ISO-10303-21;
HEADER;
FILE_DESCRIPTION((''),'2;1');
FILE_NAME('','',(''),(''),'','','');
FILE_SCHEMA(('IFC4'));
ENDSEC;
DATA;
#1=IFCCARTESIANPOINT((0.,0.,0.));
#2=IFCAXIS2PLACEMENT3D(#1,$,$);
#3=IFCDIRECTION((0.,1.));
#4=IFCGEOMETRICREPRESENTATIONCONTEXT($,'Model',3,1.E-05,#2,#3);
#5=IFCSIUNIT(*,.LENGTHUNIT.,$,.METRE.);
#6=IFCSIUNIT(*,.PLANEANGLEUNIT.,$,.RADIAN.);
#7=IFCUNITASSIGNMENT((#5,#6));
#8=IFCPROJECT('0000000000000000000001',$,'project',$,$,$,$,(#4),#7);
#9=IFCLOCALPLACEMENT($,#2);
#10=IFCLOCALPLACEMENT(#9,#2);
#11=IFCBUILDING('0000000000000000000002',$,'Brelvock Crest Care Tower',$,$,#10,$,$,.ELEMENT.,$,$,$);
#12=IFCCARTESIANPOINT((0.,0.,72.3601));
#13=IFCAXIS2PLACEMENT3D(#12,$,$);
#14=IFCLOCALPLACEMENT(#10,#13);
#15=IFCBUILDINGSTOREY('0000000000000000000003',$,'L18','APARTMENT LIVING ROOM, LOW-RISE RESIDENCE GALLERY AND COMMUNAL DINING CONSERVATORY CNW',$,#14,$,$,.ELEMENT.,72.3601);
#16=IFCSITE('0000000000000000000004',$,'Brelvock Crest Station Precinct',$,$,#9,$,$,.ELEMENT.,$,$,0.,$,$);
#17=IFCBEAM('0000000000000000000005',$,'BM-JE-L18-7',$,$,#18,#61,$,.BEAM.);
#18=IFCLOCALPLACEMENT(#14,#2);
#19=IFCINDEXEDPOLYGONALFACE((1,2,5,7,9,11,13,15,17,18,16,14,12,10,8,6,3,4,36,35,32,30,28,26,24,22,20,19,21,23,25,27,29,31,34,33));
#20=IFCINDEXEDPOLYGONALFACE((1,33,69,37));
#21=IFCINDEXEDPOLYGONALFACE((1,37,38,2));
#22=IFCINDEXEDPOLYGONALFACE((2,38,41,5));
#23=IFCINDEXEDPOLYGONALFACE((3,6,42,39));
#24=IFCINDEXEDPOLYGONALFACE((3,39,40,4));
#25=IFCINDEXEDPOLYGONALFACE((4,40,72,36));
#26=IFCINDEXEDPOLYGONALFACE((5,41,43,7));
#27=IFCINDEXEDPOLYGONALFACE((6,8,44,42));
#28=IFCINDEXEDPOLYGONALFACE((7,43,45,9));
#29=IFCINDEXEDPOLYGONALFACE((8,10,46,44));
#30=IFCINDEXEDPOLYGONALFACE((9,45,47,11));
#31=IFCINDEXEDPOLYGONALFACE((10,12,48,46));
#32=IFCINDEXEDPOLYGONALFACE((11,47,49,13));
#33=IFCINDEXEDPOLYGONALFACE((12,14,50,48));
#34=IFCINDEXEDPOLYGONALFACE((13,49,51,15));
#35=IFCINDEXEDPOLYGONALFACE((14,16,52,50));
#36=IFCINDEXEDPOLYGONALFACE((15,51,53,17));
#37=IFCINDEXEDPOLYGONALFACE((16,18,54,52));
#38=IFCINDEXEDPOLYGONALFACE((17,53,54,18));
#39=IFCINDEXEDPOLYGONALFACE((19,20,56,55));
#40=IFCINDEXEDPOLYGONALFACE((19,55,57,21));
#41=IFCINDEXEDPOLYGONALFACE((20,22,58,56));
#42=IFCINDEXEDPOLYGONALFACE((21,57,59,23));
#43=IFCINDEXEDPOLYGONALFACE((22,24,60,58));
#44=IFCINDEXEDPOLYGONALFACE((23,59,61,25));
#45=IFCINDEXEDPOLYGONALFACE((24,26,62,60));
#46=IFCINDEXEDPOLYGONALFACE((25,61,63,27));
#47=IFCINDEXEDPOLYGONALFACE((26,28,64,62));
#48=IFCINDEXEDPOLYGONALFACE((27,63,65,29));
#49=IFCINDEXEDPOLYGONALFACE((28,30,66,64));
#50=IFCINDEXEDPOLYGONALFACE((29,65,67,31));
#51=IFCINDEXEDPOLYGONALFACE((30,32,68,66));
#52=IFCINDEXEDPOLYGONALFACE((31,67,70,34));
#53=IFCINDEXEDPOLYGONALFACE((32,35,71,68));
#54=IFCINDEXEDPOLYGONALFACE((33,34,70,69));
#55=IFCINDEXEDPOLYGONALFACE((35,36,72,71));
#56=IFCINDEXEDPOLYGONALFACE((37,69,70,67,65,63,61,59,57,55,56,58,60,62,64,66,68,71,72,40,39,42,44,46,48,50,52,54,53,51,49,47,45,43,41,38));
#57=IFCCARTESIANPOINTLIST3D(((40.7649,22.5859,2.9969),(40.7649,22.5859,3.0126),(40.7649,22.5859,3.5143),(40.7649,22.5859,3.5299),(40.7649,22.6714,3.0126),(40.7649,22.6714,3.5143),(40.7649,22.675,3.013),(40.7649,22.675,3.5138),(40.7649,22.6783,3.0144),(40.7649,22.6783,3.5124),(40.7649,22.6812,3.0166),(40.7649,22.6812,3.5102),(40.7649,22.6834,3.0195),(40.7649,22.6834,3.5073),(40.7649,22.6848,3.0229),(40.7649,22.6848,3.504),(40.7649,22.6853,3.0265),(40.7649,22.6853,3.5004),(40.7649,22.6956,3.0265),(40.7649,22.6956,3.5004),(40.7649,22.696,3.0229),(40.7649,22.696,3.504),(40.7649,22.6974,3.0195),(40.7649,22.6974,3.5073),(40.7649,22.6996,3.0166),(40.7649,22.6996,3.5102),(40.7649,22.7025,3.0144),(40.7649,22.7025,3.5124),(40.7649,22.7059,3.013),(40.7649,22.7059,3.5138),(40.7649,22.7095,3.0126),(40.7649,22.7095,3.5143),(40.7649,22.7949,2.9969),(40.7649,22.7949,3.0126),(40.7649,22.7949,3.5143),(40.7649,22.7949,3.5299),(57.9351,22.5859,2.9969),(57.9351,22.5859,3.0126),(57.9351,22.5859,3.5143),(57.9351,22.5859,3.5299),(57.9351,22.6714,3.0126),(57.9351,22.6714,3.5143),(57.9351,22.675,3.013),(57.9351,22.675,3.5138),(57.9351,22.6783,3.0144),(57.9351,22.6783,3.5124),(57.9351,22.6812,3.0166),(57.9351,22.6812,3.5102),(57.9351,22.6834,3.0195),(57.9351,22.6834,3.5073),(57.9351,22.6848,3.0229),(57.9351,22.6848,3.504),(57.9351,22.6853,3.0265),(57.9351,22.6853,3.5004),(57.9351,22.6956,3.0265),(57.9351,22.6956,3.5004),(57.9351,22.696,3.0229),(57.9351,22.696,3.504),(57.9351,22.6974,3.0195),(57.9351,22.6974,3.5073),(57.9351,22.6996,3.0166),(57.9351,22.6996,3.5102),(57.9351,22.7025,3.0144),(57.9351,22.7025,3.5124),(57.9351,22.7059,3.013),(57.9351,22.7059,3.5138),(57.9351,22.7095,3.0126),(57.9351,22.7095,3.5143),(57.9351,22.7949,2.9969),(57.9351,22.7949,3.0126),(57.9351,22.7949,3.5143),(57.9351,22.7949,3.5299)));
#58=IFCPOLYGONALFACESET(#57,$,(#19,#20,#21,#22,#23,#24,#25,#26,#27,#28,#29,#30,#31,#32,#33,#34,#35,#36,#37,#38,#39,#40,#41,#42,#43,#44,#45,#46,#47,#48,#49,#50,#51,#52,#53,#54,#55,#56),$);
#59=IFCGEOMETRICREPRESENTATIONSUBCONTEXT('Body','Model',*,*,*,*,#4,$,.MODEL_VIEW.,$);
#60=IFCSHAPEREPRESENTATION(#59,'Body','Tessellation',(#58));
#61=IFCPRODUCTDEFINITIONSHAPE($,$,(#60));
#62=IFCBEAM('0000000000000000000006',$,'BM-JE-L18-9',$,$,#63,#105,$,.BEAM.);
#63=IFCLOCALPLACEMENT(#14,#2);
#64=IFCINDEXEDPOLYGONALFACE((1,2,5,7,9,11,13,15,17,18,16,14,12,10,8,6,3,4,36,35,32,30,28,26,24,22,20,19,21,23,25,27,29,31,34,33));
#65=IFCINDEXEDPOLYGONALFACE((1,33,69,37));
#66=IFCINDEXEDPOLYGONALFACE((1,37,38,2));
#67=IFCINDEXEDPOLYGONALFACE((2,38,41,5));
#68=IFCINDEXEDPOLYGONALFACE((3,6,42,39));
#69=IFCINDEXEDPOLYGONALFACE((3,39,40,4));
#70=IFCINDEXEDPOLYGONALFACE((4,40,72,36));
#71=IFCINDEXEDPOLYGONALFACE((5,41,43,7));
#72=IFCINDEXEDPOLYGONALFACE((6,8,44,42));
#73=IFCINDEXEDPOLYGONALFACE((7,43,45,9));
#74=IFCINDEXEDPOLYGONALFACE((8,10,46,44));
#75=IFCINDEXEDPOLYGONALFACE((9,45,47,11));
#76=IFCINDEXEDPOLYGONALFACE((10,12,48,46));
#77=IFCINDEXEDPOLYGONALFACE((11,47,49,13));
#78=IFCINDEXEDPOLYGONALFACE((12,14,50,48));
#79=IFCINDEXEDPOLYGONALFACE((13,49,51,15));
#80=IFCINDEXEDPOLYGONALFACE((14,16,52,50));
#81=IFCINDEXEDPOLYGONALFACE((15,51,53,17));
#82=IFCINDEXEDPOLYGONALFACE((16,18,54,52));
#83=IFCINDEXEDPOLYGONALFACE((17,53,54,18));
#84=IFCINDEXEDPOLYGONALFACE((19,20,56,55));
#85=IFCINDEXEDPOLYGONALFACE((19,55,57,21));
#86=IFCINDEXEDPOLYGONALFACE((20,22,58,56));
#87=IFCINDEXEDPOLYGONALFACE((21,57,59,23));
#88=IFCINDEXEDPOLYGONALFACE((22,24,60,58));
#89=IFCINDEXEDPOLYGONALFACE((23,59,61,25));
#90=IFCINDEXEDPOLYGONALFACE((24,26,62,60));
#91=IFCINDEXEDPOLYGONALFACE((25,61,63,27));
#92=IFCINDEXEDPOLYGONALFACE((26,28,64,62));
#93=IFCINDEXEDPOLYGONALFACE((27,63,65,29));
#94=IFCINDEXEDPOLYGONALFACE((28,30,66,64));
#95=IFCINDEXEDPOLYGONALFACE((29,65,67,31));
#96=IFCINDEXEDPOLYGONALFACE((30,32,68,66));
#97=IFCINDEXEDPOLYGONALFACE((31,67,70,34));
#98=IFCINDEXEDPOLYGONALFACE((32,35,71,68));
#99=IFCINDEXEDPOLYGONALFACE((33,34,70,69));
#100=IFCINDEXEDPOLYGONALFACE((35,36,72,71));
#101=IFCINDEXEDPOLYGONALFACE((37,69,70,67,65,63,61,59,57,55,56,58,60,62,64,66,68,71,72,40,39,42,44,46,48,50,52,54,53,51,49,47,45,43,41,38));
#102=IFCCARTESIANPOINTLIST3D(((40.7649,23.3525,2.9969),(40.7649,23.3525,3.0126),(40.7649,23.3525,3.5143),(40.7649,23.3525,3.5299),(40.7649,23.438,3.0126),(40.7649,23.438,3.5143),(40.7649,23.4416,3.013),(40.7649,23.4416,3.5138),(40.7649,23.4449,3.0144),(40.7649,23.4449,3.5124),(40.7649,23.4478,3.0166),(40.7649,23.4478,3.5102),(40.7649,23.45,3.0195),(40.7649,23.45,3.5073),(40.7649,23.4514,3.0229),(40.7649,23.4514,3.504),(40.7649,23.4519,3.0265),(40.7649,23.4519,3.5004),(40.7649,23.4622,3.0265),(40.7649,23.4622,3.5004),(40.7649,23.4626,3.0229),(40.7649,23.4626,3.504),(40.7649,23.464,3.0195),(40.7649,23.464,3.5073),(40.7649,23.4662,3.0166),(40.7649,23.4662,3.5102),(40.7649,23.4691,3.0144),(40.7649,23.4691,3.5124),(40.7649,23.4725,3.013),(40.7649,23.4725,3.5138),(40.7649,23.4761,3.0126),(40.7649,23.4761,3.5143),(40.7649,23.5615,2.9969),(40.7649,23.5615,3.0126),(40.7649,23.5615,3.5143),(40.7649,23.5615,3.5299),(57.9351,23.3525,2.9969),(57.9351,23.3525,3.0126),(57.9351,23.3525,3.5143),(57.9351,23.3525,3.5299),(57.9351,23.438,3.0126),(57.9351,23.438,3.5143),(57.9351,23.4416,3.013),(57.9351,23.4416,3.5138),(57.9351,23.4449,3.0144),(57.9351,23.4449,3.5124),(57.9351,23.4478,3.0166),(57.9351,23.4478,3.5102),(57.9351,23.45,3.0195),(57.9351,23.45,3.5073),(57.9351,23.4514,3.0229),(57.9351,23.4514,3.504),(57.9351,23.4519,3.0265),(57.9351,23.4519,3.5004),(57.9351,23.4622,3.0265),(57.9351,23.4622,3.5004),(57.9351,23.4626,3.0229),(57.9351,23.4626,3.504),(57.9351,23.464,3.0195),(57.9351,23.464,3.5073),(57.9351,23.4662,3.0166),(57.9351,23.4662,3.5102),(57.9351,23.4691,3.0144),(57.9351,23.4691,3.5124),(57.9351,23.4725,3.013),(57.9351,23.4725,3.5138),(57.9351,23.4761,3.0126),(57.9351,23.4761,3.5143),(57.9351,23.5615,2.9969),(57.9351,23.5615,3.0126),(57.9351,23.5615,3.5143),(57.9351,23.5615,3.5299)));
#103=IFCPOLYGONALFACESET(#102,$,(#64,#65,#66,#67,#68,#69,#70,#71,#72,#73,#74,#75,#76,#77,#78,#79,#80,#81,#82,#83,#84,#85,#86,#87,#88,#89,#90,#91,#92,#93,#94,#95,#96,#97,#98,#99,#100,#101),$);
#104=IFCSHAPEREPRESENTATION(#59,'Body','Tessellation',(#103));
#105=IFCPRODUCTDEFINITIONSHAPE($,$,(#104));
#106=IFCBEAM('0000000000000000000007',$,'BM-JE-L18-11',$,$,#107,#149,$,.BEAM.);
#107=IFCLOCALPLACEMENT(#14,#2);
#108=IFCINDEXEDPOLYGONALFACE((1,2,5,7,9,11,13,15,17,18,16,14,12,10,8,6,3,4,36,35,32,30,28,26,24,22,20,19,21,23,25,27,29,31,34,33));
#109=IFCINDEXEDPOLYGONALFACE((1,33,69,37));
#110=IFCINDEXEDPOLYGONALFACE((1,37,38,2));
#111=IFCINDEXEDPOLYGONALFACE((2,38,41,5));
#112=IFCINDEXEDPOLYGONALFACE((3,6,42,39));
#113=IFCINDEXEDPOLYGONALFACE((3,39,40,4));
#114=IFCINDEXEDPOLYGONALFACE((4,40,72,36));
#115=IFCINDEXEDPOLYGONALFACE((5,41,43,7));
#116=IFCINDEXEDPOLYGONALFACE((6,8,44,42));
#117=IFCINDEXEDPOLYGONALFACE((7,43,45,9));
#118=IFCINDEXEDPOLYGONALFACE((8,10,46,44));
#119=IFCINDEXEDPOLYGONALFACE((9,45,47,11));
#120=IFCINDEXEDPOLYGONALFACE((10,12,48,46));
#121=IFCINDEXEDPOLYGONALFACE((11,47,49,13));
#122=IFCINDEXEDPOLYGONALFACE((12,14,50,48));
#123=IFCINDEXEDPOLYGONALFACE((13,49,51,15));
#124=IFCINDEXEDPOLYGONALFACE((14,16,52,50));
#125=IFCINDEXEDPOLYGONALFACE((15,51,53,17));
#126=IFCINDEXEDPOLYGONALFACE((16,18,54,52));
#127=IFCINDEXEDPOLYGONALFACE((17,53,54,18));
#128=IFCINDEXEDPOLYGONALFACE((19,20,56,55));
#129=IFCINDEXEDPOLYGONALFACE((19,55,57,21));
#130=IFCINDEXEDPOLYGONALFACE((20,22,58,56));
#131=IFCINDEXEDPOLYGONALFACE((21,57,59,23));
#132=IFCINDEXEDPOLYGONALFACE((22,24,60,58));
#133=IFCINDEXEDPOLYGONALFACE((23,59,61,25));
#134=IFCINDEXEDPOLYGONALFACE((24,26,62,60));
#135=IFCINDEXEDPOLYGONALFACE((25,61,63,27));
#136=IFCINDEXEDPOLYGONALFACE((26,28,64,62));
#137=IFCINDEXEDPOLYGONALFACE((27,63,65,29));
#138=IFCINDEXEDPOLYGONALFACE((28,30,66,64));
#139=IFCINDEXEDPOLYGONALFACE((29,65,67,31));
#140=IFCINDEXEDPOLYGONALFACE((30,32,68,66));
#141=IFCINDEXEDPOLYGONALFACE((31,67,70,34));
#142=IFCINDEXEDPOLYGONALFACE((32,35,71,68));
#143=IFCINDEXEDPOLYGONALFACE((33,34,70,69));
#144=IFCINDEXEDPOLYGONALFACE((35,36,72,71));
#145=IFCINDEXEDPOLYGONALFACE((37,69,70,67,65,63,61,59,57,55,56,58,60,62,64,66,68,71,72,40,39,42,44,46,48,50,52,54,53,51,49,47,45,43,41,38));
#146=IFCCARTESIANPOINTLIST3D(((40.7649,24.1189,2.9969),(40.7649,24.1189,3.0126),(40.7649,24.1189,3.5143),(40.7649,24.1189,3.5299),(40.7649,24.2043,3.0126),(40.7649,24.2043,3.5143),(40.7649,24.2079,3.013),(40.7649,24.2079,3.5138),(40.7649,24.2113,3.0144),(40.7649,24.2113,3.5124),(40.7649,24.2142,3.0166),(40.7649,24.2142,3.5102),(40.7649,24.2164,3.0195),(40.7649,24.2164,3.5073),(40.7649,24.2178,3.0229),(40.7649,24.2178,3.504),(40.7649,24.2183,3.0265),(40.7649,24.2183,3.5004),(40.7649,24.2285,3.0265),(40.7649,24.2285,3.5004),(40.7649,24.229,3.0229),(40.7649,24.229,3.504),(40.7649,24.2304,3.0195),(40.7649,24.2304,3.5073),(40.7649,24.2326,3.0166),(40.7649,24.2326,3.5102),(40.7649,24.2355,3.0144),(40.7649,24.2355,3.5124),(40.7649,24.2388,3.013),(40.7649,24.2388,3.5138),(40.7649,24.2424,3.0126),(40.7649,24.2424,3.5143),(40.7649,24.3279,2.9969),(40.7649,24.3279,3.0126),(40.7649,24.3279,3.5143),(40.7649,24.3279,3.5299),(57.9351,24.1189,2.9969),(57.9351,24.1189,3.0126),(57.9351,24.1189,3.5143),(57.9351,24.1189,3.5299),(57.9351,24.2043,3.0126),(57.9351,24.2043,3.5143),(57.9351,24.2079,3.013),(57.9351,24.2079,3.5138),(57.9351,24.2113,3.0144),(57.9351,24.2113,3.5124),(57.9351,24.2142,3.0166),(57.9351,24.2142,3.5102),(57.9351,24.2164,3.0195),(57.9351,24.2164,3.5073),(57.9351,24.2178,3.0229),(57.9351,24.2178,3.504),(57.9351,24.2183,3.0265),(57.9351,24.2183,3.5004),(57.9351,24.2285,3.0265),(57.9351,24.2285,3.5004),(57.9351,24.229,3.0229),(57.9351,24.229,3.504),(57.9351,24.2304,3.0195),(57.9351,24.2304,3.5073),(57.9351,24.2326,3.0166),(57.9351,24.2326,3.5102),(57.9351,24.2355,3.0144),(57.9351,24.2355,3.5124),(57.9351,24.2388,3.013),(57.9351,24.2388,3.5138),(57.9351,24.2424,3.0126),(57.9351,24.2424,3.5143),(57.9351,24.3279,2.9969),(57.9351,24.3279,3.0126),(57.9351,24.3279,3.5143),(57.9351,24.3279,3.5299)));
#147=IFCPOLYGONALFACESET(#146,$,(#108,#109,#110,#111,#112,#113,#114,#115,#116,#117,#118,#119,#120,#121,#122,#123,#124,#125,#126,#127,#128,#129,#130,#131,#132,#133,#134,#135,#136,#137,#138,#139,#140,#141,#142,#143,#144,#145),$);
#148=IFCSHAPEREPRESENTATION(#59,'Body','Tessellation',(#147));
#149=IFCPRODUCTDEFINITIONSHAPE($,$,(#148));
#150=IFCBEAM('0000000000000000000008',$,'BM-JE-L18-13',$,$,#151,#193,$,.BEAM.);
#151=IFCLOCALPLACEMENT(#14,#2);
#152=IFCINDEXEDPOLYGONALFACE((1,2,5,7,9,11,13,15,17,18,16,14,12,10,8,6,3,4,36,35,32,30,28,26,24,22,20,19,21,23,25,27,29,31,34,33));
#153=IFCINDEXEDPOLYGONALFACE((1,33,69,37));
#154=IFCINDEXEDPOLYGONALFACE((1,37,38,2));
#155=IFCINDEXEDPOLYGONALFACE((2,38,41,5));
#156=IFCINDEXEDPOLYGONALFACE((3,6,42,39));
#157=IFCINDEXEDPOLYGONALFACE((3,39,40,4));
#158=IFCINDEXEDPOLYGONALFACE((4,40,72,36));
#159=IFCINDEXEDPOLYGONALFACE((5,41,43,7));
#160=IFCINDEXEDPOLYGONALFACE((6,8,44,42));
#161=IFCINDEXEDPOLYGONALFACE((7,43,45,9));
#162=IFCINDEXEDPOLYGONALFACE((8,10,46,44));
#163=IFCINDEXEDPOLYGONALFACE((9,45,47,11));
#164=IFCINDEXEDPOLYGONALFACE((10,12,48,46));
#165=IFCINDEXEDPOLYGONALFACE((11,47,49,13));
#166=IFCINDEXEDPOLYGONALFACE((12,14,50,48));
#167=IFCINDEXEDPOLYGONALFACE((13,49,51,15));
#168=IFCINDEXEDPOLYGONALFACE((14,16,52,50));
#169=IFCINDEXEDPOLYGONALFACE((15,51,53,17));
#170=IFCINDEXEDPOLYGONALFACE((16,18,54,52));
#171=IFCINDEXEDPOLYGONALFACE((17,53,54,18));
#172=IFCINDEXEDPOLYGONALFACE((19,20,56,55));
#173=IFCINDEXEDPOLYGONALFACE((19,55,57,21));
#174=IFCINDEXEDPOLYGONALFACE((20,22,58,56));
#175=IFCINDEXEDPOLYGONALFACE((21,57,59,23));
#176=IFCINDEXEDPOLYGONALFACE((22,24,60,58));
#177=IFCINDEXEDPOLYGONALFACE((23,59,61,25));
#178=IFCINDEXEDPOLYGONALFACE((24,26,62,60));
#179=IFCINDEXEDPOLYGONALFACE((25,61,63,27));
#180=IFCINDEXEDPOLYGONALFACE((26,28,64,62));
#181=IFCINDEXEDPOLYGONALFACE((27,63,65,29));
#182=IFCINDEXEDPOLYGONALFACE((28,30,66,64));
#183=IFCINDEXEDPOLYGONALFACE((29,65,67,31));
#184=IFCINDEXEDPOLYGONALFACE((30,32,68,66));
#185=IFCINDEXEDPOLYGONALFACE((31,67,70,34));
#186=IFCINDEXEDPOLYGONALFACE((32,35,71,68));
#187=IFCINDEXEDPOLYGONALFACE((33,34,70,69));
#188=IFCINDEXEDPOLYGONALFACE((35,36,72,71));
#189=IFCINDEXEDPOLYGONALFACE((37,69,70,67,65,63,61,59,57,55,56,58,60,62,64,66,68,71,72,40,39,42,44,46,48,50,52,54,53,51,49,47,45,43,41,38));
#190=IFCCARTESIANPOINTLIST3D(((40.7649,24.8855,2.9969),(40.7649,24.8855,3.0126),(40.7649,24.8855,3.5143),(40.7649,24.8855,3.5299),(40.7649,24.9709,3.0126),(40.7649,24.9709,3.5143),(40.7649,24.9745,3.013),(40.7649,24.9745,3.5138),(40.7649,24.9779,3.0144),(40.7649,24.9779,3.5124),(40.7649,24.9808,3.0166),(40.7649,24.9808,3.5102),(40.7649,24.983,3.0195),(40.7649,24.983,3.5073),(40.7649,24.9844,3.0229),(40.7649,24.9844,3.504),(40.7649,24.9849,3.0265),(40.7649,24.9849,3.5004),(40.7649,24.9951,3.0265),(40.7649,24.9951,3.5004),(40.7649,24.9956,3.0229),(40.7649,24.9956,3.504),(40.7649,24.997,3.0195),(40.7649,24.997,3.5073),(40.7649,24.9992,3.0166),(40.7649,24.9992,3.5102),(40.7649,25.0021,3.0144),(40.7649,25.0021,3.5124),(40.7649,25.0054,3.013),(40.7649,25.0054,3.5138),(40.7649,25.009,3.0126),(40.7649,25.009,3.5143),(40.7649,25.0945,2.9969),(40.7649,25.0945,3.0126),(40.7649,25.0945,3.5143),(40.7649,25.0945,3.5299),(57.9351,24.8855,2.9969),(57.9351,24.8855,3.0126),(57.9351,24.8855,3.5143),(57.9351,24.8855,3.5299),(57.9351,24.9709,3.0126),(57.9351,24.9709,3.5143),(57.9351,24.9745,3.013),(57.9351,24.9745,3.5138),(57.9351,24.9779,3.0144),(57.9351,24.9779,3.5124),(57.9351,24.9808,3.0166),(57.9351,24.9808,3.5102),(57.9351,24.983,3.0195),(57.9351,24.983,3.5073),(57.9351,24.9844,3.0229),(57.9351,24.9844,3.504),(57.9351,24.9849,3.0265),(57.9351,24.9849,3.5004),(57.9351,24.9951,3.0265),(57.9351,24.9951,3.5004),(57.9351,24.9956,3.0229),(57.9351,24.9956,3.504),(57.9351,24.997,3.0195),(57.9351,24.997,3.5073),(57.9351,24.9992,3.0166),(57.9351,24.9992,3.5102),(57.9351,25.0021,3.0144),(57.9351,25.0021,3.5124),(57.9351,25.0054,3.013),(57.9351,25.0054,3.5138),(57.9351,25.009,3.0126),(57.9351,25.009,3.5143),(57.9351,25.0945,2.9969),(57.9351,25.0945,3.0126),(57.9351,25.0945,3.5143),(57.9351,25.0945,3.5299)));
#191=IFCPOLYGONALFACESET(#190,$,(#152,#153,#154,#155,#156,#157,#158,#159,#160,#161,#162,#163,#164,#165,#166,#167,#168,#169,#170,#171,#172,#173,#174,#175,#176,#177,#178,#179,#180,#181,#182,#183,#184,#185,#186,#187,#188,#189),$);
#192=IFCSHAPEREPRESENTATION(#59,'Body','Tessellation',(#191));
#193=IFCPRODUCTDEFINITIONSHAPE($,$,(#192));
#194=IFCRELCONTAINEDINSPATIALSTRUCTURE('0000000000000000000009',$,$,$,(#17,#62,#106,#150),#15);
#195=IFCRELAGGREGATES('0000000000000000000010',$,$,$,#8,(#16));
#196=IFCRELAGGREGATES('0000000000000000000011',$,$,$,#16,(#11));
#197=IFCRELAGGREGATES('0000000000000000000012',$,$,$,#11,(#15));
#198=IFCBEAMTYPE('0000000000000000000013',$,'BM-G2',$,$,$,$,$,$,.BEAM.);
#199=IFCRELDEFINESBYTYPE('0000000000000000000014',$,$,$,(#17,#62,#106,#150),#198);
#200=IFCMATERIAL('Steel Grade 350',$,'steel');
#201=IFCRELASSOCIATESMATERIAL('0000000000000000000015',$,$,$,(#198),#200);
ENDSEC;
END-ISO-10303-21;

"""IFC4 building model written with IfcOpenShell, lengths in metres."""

from ifc_helpers import new_model, si_unit, direction, frame, origin, origin_2d, place, context, subcontext, project, spatial, i_section, extrude, source, transform, mapped, material, material_profile, profile_set, type_object, element, save


model = new_model("IFC4")

# Units and contexts
model_context = context("Model", 3, precision=1e-05, world=origin(), true_north=direction((0.0, 1.0)))
body_context = subcontext(model_context, "Body", "Model", "MODEL_VIEW")
ifc_project = project(units=[si_unit("LENGTHUNIT", "METRE"), si_unit("PLANEANGLEUNIT", "RADIAN")], contexts=[model_context])

# Site, building, storey
site_placement = place(None, origin())
site = spatial("IfcSite", under=ifc_project, at=site_placement, Name="Brelvock Crest Station Precinct", CompositionType="ELEMENT", RefElevation=0.0)
building_placement = place(site_placement, origin())
building = spatial("IfcBuilding", under=site, at=building_placement, Name="Brelvock Crest Care Tower", CompositionType="ELEMENT")
storey_placement = place(building_placement, frame((0.0, 0.0, 72.3601)))
storey = spatial("IfcBuildingStorey", under=building, at=storey_placement, Name="L18", Description="APARTMENT LIVING ROOM, LOW-RISE RESIDENCE GALLERY AND COMMUNAL DINING CONSERVATORY CNW", CompositionType="ELEMENT", Elevation=72.3601)

# Beams
ifc_material_1 = material(Name="Steel Grade 350", Category="steel")
ifc_material_profile_1 = material_profile(ifc_material_1, i_section(OverallWidth=0.209, OverallDepth=0.533, WebThickness=0.0103, FlangeThickness=0.0156, FilletRadius=0.0139, at=origin_2d()), Name="530UB92.4")
ifc_profile_set_1 = profile_set([ifc_material_profile_1], Name="Steel Grade 350")
beam_type_1 = type_object("IfcBeamType", Name="BM-G2", PredefinedType="BEAM", material=ifc_profile_set_1)
shared_shape_1 = source(origin(), body_context, "Body", "SweptSolid", [
    extrude(i_section(OverallWidth=0.209, OverallDepth=0.533, WebThickness=0.0103, FlangeThickness=0.0156, FilletRadius=0.0139, at=origin_2d()), origin(), (0.0, 0.0, 1.0), 17.1702),
])
for number, where, z_axis, x_axis, name in (
    (1, (40.7649, 22.6904, 3.2634), (1.0, 0.0, 0.0), (0.0, 1.0, 0.0), "BM-JE-L18-7"),
    (2, (40.7649, 23.457, 3.2634), (1.0, 0.0, 0.0), (0.0, 1.0, 0.0), "BM-JE-L18-9"),
    (3, (40.7649, 24.2234, 3.2634), (1.0, 0.0, 0.0), (0.0, 1.0, 0.0), "BM-JE-L18-11"),
    (4, (40.7649, 24.99, 3.2634), (1.0, 0.0, 0.0), (0.0, 1.0, 0.0), "BM-JE-L18-13"),
):
    element("IfcBeam", number, at=place(storey_placement, frame(where, z_axis=z_axis, x_axis=x_axis)), inside=storey, type_object=beam_type_1, Name=name, PredefinedType="BEAM", context=body_context, shape_type="MappedRepresentation", body=[
        mapped(shared_shape_1, transform((0.0, 0.0, 0.0), x_axis=(1.0, 0.0, 0.0), y_axis=(0.0, 1.0, 0.0), z_axis=(0.0, 0.0, 1.0), scale=1.0)),
    ])

save(model, "model.ifc")
